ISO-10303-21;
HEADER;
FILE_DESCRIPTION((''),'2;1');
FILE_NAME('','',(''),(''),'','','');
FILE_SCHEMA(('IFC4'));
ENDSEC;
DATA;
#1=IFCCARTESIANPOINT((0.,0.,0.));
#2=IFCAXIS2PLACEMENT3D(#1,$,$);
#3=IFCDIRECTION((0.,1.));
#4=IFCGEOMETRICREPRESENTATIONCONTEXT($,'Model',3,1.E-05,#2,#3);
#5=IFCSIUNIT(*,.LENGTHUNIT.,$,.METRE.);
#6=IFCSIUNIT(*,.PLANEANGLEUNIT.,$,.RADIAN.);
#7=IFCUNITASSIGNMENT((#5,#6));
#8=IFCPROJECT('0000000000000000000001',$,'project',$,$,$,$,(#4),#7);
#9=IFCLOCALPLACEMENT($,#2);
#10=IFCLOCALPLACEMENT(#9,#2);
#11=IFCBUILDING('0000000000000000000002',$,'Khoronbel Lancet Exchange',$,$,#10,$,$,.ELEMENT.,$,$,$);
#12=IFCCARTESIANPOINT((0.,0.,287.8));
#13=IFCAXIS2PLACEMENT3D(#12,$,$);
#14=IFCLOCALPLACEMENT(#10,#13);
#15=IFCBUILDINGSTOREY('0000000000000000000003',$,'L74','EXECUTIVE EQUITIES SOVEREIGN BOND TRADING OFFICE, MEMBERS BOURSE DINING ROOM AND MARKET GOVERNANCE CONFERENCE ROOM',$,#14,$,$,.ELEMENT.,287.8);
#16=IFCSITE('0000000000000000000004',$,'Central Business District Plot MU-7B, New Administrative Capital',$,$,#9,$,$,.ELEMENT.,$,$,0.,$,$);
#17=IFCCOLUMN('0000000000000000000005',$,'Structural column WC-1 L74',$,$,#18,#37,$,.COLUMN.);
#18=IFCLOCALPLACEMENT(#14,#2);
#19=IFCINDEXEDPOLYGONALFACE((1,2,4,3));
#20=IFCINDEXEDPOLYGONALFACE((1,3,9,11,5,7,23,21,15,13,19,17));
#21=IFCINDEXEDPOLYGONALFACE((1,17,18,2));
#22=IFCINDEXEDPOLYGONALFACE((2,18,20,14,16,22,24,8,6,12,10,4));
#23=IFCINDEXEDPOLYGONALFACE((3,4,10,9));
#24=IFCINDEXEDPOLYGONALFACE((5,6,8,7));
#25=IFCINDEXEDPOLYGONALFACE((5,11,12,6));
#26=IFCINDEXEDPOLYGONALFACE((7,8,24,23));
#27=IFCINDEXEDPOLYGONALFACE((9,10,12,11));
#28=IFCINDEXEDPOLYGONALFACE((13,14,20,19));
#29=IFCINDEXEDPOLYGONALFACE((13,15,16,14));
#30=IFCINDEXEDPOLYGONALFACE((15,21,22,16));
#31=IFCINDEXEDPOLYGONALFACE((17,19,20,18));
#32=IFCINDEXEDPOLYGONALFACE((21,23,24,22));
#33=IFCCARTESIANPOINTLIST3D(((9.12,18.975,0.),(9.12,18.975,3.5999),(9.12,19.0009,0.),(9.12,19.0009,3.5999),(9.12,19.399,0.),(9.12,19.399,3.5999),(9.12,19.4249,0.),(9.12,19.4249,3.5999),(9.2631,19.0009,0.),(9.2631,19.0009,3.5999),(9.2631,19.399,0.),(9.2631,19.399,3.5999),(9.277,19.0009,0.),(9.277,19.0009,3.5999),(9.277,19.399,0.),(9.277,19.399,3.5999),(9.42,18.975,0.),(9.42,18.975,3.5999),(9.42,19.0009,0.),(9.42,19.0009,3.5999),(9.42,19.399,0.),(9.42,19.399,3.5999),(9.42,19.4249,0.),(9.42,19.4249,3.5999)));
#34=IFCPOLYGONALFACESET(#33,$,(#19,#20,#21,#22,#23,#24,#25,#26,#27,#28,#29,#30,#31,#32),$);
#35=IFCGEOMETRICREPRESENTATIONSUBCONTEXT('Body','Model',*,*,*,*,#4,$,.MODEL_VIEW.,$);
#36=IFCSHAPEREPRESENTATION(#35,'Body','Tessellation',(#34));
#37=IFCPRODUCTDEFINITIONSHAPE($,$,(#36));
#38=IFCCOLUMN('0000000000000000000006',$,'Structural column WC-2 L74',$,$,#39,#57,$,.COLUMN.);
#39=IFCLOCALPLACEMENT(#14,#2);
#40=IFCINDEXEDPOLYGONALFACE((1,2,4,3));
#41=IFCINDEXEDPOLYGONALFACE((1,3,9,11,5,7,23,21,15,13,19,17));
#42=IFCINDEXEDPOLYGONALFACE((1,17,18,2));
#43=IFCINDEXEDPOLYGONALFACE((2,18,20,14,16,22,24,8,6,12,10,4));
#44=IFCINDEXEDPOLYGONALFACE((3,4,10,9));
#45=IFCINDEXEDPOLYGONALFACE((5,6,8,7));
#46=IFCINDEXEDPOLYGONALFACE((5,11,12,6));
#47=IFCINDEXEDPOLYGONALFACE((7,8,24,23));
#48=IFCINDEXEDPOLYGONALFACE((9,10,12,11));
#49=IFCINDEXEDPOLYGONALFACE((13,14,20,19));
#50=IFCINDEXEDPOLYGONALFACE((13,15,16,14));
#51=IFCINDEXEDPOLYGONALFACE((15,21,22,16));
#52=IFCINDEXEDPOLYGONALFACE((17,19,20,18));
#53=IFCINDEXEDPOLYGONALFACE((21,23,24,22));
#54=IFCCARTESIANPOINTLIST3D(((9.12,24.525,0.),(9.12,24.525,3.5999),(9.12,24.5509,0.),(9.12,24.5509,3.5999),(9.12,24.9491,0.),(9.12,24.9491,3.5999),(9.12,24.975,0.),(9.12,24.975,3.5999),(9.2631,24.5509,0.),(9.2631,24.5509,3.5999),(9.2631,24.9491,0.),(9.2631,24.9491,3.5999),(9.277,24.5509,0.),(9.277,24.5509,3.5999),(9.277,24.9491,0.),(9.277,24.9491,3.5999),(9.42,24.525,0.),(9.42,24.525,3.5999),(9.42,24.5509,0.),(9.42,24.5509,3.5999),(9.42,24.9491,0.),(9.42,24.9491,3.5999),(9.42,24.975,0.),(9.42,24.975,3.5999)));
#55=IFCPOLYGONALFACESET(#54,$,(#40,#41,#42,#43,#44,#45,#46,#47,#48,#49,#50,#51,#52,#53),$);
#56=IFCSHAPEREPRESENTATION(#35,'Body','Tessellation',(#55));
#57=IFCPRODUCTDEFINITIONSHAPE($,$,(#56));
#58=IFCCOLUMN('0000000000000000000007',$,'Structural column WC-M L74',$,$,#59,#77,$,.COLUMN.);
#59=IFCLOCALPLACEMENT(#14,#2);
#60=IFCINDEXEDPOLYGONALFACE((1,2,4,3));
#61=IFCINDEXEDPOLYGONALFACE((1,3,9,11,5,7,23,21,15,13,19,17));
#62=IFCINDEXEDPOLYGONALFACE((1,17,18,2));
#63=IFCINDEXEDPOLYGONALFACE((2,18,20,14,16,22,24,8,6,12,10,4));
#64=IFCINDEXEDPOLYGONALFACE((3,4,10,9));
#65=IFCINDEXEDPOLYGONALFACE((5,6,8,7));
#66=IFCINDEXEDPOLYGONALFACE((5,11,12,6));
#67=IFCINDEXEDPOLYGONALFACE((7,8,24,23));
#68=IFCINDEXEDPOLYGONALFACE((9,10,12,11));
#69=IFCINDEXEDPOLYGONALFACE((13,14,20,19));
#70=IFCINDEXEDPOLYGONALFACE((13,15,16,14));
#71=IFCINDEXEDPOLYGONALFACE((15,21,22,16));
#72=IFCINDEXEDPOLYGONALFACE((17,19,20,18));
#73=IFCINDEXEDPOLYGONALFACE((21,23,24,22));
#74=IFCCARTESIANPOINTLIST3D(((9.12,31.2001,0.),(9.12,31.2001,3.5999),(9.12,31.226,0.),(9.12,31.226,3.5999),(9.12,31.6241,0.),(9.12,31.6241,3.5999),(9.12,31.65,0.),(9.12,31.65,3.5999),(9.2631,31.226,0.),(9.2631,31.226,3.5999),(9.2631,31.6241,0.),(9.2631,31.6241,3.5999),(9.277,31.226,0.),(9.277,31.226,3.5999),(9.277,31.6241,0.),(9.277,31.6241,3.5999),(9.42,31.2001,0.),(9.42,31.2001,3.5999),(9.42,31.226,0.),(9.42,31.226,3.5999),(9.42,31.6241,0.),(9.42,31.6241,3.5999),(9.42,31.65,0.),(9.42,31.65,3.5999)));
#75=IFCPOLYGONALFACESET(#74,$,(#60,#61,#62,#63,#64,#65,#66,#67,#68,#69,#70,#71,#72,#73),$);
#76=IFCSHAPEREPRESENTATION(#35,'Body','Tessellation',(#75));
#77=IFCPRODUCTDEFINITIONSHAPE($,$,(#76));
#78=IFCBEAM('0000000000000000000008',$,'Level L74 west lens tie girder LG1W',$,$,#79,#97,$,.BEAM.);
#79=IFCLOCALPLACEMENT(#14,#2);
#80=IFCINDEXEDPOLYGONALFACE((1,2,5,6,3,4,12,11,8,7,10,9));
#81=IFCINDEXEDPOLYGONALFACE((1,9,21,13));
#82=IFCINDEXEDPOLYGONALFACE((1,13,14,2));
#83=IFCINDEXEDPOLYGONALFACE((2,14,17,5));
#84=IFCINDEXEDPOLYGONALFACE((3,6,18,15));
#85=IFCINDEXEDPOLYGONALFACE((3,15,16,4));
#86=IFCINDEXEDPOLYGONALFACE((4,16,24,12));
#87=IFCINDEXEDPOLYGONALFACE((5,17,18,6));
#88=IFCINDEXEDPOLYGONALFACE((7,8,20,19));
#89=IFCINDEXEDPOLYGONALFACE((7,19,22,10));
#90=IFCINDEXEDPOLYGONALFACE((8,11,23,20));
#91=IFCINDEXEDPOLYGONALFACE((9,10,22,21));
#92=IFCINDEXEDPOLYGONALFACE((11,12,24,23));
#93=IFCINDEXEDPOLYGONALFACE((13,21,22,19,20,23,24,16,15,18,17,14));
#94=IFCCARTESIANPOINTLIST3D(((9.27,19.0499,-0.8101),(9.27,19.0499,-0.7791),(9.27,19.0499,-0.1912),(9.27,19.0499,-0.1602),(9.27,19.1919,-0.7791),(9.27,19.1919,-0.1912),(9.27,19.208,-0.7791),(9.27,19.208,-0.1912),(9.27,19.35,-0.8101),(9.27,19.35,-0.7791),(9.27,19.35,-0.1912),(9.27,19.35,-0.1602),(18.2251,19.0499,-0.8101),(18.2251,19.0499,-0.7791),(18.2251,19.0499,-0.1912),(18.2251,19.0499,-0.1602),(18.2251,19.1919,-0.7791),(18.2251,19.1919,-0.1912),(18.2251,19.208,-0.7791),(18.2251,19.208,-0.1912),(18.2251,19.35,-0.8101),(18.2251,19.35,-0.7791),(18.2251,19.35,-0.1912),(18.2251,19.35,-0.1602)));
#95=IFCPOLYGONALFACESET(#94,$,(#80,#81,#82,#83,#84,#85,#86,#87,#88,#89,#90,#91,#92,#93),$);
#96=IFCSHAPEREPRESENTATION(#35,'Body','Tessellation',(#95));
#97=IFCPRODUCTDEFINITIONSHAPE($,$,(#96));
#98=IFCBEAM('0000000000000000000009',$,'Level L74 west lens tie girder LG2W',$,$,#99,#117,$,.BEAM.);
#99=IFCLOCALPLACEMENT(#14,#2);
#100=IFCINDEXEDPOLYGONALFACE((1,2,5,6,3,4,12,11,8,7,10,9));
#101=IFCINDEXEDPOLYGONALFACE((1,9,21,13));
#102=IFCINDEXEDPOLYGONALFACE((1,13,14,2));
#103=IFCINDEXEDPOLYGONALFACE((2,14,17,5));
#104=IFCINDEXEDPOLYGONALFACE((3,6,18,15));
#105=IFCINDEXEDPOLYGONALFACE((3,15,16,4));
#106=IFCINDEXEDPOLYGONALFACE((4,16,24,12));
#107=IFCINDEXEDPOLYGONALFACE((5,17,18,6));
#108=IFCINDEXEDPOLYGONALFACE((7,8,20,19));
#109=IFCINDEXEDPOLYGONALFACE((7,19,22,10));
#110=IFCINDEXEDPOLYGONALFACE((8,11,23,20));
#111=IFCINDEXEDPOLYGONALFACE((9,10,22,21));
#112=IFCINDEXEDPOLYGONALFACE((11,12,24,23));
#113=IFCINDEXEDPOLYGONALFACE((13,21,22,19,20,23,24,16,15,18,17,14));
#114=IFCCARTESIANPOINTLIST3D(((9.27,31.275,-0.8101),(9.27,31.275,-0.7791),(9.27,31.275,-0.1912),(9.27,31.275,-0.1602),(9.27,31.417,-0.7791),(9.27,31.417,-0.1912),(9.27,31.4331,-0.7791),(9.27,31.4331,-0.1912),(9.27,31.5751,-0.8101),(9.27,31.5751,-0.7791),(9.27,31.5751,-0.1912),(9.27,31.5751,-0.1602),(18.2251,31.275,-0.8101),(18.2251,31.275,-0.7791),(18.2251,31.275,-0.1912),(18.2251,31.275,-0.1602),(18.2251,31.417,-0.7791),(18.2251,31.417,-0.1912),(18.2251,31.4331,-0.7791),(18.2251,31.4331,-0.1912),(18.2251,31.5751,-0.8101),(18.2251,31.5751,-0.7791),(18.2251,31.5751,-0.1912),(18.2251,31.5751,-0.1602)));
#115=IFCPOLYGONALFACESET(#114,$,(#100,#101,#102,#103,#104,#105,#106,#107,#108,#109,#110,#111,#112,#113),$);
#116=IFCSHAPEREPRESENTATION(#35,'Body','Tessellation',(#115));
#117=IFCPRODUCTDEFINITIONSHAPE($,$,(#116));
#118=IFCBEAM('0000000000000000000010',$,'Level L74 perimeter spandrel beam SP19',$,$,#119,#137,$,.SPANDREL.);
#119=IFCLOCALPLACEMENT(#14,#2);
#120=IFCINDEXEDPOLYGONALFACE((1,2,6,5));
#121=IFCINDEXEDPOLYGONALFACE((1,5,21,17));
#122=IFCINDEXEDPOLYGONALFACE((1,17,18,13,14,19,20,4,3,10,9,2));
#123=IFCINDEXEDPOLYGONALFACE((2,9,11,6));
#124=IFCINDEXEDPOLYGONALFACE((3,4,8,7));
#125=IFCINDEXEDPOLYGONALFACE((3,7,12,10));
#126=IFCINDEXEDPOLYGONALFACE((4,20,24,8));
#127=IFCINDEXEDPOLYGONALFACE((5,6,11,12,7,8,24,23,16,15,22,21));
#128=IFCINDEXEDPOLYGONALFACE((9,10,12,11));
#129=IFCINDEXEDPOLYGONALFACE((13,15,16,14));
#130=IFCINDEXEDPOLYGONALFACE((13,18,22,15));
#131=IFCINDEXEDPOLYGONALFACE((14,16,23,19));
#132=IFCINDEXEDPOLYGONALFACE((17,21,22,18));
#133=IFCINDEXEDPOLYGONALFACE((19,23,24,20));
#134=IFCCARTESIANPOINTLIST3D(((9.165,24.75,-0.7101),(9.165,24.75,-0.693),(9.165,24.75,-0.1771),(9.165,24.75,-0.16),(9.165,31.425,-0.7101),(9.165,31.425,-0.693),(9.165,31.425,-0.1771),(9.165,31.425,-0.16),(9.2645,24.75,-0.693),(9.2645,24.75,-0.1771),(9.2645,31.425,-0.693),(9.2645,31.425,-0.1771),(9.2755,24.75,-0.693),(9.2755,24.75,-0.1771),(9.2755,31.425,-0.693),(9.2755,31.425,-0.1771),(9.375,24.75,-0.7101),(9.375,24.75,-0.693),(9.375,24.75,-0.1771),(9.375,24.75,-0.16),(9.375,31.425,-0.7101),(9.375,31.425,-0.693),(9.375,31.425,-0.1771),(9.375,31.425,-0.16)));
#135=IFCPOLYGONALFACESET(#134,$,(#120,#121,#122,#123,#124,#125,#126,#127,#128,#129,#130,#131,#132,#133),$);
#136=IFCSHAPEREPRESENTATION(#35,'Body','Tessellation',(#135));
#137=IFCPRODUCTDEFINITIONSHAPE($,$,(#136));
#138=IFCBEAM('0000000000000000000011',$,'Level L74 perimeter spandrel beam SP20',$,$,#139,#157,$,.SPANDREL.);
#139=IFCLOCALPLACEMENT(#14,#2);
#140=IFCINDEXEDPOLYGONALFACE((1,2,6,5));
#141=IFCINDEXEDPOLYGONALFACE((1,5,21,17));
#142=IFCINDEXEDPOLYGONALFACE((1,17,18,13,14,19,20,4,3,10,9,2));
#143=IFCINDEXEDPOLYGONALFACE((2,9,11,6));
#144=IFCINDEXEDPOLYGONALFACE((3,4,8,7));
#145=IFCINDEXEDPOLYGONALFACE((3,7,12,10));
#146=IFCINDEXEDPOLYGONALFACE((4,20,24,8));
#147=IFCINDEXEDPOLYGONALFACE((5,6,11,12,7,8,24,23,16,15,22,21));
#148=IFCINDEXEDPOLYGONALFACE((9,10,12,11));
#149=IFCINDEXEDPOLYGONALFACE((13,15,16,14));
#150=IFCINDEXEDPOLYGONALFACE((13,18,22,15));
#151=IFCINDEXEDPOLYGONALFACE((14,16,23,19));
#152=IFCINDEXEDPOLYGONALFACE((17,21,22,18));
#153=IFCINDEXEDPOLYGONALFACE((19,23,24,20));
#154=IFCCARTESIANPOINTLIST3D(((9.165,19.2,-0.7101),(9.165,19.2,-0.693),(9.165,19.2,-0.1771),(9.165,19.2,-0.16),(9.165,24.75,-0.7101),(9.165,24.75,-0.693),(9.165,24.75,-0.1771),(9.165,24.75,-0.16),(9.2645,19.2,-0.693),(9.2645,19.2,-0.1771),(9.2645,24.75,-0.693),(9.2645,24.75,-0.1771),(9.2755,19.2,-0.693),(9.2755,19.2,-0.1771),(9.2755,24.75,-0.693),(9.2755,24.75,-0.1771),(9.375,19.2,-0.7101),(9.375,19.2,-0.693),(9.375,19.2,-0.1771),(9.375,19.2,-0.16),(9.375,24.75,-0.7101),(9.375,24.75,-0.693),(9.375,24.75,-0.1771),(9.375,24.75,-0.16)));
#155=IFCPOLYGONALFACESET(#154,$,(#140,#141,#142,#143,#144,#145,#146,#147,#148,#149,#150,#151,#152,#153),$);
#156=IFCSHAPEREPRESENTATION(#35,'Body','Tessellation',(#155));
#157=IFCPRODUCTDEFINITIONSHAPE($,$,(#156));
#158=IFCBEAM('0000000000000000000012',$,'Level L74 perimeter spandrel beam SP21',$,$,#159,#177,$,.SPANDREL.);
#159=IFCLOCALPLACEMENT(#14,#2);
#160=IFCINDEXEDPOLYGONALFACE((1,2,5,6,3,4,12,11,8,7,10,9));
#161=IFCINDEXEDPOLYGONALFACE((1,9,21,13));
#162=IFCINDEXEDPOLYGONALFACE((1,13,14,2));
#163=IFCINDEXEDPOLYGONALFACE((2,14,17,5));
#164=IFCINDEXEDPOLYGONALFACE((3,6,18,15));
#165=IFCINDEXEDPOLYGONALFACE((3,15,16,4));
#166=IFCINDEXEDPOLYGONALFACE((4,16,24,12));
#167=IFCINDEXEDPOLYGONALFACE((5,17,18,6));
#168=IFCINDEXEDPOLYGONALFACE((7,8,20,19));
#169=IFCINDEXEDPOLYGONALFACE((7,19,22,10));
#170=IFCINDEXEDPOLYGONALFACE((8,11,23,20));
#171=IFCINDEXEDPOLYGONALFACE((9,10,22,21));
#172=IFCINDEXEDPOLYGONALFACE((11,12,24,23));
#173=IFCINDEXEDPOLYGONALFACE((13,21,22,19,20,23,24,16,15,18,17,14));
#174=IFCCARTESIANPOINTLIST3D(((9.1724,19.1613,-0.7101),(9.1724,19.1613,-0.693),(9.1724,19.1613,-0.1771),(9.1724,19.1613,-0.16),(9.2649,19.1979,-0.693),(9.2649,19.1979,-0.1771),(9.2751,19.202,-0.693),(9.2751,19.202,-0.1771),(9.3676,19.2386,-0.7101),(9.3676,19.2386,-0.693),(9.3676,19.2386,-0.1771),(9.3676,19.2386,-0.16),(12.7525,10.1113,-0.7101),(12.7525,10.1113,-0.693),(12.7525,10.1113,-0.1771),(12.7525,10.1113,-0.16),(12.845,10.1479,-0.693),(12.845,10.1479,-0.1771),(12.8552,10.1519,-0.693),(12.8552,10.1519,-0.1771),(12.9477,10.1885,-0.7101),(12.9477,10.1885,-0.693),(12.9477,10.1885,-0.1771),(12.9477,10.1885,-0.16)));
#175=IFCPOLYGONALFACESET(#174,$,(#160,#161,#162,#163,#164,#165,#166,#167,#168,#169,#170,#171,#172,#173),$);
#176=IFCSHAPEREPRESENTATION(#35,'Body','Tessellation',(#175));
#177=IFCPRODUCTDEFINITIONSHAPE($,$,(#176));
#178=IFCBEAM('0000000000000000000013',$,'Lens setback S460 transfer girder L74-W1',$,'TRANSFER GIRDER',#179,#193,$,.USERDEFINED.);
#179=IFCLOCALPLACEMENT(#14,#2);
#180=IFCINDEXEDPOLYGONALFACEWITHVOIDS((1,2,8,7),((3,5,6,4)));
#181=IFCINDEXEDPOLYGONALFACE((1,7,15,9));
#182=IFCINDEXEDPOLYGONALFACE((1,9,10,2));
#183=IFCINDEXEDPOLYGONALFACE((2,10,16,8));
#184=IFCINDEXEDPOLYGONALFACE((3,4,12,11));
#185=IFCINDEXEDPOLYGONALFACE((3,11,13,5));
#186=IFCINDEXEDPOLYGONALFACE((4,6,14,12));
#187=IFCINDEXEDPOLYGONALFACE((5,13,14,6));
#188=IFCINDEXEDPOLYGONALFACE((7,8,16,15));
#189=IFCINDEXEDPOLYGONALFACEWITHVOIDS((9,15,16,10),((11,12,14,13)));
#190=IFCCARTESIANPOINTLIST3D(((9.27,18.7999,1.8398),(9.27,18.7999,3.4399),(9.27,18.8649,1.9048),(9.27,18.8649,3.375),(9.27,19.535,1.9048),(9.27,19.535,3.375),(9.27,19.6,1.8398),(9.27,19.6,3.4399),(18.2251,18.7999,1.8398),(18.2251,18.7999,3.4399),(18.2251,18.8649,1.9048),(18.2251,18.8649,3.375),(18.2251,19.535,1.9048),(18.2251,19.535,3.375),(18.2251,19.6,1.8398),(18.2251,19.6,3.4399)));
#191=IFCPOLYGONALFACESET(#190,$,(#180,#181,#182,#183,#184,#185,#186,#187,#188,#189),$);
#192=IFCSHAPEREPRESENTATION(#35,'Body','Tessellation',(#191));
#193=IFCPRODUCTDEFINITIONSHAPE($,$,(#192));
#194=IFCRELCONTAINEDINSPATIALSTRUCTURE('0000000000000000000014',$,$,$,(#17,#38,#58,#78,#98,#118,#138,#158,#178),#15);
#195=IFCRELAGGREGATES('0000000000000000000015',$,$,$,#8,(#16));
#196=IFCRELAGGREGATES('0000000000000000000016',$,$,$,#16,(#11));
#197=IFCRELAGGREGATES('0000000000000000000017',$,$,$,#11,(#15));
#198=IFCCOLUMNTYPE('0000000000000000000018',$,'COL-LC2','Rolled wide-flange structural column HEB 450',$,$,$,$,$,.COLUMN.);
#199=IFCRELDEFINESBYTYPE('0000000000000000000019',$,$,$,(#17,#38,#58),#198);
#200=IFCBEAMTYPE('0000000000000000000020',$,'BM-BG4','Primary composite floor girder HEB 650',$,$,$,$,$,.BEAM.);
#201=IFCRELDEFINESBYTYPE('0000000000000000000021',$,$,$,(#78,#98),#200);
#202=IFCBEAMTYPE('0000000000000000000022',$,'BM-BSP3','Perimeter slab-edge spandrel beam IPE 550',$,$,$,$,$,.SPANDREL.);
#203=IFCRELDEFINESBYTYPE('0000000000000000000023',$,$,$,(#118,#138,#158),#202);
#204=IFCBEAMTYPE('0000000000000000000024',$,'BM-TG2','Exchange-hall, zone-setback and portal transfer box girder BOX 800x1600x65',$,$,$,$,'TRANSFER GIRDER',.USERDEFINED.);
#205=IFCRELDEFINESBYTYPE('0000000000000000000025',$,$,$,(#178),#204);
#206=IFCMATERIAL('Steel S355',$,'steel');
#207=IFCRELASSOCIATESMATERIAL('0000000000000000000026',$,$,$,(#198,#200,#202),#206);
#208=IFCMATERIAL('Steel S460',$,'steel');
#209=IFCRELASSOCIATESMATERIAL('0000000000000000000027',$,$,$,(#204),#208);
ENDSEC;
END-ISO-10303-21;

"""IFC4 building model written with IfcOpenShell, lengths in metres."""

from ifc_helpers import new_model, si_unit, direction, frame, origin, origin_2d, place, context, subcontext, project, spatial, hollow_rectangle, i_section, extrude, material, material_profile, profile_set, type_object, element, save


model = new_model("IFC4")

# Units and contexts
model_context = context("Model", 3, precision=1e-05, world=origin(), true_north=direction((0.0, 1.0)))
body_context = subcontext(model_context, "Body", "Model", "MODEL_VIEW")
ifc_project = project(units=[si_unit("LENGTHUNIT", "METRE"), si_unit("PLANEANGLEUNIT", "RADIAN")], contexts=[model_context])

# Site, building, storey
site_placement = place(None, origin())
site = spatial("IfcSite", under=ifc_project, at=site_placement, Name="Central Business District Plot MU-7B, New Administrative Capital", CompositionType="ELEMENT", RefElevation=0.0)
building_placement = place(site_placement, origin())
building = spatial("IfcBuilding", under=site, at=building_placement, Name="Khoronbel Lancet Exchange", CompositionType="ELEMENT")
storey_placement = place(building_placement, frame((0.0, 0.0, 287.8)))
storey = spatial("IfcBuildingStorey", under=building, at=storey_placement, Name="L74", Description="EXECUTIVE EQUITIES SOVEREIGN BOND TRADING OFFICE, MEMBERS BOURSE DINING ROOM AND MARKET GOVERNANCE CONFERENCE ROOM", CompositionType="ELEMENT", Elevation=287.8)

# Columns
ifc_material_1 = material(Name="Steel S355", Category="steel")
ifc_material_profile_1 = material_profile(ifc_material_1, i_section(OverallWidth=0.3, OverallDepth=0.45, WebThickness=0.0139, FlangeThickness=0.0259, at=origin_2d()), Name="HEB 450")
ifc_profile_set_1 = profile_set([ifc_material_profile_1], Name="Steel S355")
column_type = type_object("IfcColumnType", Name="COL-LC2", Description="Rolled wide-flange structural column HEB 450", PredefinedType="COLUMN", material=ifc_profile_set_1)
for number, where, z_axis, x_axis, name in (
    (1, (9.27, 19.2, 0.0), (0.0, 0.0, 1.0), (1.0, 0.0, 0.0), "Structural column WC-1 L74"),
    (2, (9.27, 24.75, 0.0), (0.0, 0.0, 1.0), (1.0, 0.0, 0.0), "Structural column WC-2 L74"),
    (3, (9.27, 31.425, 0.0), (0.0, 0.0, 1.0), (1.0, 0.0, 0.0), "Structural column WC-M L74"),
):
    element("IfcColumn", number, at=place(storey_placement, frame(where, z_axis=z_axis, x_axis=x_axis)), inside=storey, type_object=column_type, Name=name, PredefinedType="COLUMN", context=body_context, shape_type="SweptSolid", body=[
        extrude(i_section(OverallWidth=0.3, OverallDepth=0.45, WebThickness=0.0139, FlangeThickness=0.0259, at=origin_2d()), origin(), (0.0, 0.0, 1.0), 3.5999),
    ])

# Beams
ifc_material_profile_2 = material_profile(ifc_material_1, i_section(OverallWidth=0.3, OverallDepth=0.6499, WebThickness=0.0161, FlangeThickness=0.031, at=origin_2d()), Name="HEB 650")
ifc_profile_set_2 = profile_set([ifc_material_profile_2], Name="Steel S355")
beam_type_1 = type_object("IfcBeamType", Name="BM-BG4", Description="Primary composite floor girder HEB 650", PredefinedType="BEAM", material=ifc_profile_set_2)
for number, where, z_axis, x_axis, name in (
    (4, (9.27, 19.2, -0.4851), (1.0, 0.0, 0.0), (0.0, 1.0, 0.0), "Level L74 west lens tie girder LG1W"),
    (5, (9.27, 31.425, -0.4851), (1.0, 0.0, 0.0), (0.0, 1.0, 0.0), "Level L74 west lens tie girder LG2W"),
):
    element("IfcBeam", number, at=place(storey_placement, frame(where, z_axis=z_axis, x_axis=x_axis)), inside=storey, type_object=beam_type_1, Name=name, PredefinedType="BEAM", context=body_context, shape_type="SweptSolid", body=[
        extrude(i_section(OverallWidth=0.3, OverallDepth=0.6499, WebThickness=0.0161, FlangeThickness=0.031, at=origin_2d()), origin(), (0.0, 0.0, 1.0), 8.9551),
    ])
ifc_material_profile_3 = material_profile(ifc_material_1, i_section(OverallWidth=0.21, OverallDepth=0.55, WebThickness=0.011, FlangeThickness=0.0171, at=origin_2d()), Name="IPE 550")
ifc_profile_set_3 = profile_set([ifc_material_profile_3], Name="Steel S355")
beam_type_2 = type_object("IfcBeamType", Name="BM-BSP3", Description="Perimeter slab-edge spandrel beam IPE 550", PredefinedType="SPANDREL", material=ifc_profile_set_3)
beam_1_placement = place(storey_placement, frame((9.27, 31.425, -0.4351), z_axis=(0.0, -1.0, 0.0), x_axis=(1.0, 0.0, 0.0)))
element("IfcBeam", 6, at=beam_1_placement, inside=storey, type_object=beam_type_2, Name="Level L74 perimeter spandrel beam SP19", PredefinedType="SPANDREL", context=body_context, shape_type="SweptSolid", body=[
    extrude(i_section(OverallWidth=0.21, OverallDepth=0.55, WebThickness=0.011, FlangeThickness=0.0171, at=origin_2d()), origin(), (0.0, 0.0, 1.0), 6.675),
])
beam_2_placement = place(storey_placement, frame((9.27, 24.75, -0.4351), z_axis=(0.0, -1.0, 0.0), x_axis=(1.0, 0.0, 0.0)))
element("IfcBeam", 7, at=beam_2_placement, inside=storey, type_object=beam_type_2, Name="Level L74 perimeter spandrel beam SP20", PredefinedType="SPANDREL", context=body_context, shape_type="SweptSolid", body=[
    extrude(i_section(OverallWidth=0.21, OverallDepth=0.55, WebThickness=0.011, FlangeThickness=0.0171, at=origin_2d()), origin(), (0.0, 0.0, 1.0), 5.55),
])
beam_3_placement = place(storey_placement, frame((9.27, 19.2, -0.4351), z_axis=(0.36785, -0.929885, 0.0), x_axis=(0.929885, 0.36785, 0.0)))
element("IfcBeam", 8, at=beam_3_placement, inside=storey, type_object=beam_type_2, Name="Level L74 perimeter spandrel beam SP21", PredefinedType="SPANDREL", context=body_context, shape_type="SweptSolid", body=[
    extrude(i_section(OverallWidth=0.21, OverallDepth=0.55, WebThickness=0.011, FlangeThickness=0.0171, at=origin_2d()), origin(), (0.0, 0.0, 1.0), 9.7324),
])
ifc_material_2 = material(Name="Steel S460", Category="steel")
ifc_material_profile_4 = material_profile(ifc_material_2, hollow_rectangle(XDim=0.8, YDim=1.6001, WallThickness=0.0649, at=origin_2d()), Name="BOX 800x1600x65")
ifc_profile_set_4 = profile_set([ifc_material_profile_4], Name="Steel S460")
beam_type_3 = type_object("IfcBeamType", Name="BM-TG2", Description="Exchange-hall, zone-setback and portal transfer box girder BOX 800x1600x65", ElementType="TRANSFER GIRDER", PredefinedType="USERDEFINED", material=ifc_profile_set_4)
beam_4_placement = place(storey_placement, frame((9.27, 19.2, 2.6399), z_axis=(1.0, 0.0, 0.0), x_axis=(0.0, 1.0, 0.0)))
element("IfcBeam", 9, at=beam_4_placement, inside=storey, type_object=beam_type_3, Name="Lens setback S460 transfer girder L74-W1", ObjectType="TRANSFER GIRDER", PredefinedType="USERDEFINED", context=body_context, shape_type="SweptSolid", body=[
    extrude(hollow_rectangle(XDim=0.8, YDim=1.6001, WallThickness=0.0649, at=origin_2d()), origin(), (0.0, 0.0, 1.0), 8.9551),
])

save(model, "model.ifc")
